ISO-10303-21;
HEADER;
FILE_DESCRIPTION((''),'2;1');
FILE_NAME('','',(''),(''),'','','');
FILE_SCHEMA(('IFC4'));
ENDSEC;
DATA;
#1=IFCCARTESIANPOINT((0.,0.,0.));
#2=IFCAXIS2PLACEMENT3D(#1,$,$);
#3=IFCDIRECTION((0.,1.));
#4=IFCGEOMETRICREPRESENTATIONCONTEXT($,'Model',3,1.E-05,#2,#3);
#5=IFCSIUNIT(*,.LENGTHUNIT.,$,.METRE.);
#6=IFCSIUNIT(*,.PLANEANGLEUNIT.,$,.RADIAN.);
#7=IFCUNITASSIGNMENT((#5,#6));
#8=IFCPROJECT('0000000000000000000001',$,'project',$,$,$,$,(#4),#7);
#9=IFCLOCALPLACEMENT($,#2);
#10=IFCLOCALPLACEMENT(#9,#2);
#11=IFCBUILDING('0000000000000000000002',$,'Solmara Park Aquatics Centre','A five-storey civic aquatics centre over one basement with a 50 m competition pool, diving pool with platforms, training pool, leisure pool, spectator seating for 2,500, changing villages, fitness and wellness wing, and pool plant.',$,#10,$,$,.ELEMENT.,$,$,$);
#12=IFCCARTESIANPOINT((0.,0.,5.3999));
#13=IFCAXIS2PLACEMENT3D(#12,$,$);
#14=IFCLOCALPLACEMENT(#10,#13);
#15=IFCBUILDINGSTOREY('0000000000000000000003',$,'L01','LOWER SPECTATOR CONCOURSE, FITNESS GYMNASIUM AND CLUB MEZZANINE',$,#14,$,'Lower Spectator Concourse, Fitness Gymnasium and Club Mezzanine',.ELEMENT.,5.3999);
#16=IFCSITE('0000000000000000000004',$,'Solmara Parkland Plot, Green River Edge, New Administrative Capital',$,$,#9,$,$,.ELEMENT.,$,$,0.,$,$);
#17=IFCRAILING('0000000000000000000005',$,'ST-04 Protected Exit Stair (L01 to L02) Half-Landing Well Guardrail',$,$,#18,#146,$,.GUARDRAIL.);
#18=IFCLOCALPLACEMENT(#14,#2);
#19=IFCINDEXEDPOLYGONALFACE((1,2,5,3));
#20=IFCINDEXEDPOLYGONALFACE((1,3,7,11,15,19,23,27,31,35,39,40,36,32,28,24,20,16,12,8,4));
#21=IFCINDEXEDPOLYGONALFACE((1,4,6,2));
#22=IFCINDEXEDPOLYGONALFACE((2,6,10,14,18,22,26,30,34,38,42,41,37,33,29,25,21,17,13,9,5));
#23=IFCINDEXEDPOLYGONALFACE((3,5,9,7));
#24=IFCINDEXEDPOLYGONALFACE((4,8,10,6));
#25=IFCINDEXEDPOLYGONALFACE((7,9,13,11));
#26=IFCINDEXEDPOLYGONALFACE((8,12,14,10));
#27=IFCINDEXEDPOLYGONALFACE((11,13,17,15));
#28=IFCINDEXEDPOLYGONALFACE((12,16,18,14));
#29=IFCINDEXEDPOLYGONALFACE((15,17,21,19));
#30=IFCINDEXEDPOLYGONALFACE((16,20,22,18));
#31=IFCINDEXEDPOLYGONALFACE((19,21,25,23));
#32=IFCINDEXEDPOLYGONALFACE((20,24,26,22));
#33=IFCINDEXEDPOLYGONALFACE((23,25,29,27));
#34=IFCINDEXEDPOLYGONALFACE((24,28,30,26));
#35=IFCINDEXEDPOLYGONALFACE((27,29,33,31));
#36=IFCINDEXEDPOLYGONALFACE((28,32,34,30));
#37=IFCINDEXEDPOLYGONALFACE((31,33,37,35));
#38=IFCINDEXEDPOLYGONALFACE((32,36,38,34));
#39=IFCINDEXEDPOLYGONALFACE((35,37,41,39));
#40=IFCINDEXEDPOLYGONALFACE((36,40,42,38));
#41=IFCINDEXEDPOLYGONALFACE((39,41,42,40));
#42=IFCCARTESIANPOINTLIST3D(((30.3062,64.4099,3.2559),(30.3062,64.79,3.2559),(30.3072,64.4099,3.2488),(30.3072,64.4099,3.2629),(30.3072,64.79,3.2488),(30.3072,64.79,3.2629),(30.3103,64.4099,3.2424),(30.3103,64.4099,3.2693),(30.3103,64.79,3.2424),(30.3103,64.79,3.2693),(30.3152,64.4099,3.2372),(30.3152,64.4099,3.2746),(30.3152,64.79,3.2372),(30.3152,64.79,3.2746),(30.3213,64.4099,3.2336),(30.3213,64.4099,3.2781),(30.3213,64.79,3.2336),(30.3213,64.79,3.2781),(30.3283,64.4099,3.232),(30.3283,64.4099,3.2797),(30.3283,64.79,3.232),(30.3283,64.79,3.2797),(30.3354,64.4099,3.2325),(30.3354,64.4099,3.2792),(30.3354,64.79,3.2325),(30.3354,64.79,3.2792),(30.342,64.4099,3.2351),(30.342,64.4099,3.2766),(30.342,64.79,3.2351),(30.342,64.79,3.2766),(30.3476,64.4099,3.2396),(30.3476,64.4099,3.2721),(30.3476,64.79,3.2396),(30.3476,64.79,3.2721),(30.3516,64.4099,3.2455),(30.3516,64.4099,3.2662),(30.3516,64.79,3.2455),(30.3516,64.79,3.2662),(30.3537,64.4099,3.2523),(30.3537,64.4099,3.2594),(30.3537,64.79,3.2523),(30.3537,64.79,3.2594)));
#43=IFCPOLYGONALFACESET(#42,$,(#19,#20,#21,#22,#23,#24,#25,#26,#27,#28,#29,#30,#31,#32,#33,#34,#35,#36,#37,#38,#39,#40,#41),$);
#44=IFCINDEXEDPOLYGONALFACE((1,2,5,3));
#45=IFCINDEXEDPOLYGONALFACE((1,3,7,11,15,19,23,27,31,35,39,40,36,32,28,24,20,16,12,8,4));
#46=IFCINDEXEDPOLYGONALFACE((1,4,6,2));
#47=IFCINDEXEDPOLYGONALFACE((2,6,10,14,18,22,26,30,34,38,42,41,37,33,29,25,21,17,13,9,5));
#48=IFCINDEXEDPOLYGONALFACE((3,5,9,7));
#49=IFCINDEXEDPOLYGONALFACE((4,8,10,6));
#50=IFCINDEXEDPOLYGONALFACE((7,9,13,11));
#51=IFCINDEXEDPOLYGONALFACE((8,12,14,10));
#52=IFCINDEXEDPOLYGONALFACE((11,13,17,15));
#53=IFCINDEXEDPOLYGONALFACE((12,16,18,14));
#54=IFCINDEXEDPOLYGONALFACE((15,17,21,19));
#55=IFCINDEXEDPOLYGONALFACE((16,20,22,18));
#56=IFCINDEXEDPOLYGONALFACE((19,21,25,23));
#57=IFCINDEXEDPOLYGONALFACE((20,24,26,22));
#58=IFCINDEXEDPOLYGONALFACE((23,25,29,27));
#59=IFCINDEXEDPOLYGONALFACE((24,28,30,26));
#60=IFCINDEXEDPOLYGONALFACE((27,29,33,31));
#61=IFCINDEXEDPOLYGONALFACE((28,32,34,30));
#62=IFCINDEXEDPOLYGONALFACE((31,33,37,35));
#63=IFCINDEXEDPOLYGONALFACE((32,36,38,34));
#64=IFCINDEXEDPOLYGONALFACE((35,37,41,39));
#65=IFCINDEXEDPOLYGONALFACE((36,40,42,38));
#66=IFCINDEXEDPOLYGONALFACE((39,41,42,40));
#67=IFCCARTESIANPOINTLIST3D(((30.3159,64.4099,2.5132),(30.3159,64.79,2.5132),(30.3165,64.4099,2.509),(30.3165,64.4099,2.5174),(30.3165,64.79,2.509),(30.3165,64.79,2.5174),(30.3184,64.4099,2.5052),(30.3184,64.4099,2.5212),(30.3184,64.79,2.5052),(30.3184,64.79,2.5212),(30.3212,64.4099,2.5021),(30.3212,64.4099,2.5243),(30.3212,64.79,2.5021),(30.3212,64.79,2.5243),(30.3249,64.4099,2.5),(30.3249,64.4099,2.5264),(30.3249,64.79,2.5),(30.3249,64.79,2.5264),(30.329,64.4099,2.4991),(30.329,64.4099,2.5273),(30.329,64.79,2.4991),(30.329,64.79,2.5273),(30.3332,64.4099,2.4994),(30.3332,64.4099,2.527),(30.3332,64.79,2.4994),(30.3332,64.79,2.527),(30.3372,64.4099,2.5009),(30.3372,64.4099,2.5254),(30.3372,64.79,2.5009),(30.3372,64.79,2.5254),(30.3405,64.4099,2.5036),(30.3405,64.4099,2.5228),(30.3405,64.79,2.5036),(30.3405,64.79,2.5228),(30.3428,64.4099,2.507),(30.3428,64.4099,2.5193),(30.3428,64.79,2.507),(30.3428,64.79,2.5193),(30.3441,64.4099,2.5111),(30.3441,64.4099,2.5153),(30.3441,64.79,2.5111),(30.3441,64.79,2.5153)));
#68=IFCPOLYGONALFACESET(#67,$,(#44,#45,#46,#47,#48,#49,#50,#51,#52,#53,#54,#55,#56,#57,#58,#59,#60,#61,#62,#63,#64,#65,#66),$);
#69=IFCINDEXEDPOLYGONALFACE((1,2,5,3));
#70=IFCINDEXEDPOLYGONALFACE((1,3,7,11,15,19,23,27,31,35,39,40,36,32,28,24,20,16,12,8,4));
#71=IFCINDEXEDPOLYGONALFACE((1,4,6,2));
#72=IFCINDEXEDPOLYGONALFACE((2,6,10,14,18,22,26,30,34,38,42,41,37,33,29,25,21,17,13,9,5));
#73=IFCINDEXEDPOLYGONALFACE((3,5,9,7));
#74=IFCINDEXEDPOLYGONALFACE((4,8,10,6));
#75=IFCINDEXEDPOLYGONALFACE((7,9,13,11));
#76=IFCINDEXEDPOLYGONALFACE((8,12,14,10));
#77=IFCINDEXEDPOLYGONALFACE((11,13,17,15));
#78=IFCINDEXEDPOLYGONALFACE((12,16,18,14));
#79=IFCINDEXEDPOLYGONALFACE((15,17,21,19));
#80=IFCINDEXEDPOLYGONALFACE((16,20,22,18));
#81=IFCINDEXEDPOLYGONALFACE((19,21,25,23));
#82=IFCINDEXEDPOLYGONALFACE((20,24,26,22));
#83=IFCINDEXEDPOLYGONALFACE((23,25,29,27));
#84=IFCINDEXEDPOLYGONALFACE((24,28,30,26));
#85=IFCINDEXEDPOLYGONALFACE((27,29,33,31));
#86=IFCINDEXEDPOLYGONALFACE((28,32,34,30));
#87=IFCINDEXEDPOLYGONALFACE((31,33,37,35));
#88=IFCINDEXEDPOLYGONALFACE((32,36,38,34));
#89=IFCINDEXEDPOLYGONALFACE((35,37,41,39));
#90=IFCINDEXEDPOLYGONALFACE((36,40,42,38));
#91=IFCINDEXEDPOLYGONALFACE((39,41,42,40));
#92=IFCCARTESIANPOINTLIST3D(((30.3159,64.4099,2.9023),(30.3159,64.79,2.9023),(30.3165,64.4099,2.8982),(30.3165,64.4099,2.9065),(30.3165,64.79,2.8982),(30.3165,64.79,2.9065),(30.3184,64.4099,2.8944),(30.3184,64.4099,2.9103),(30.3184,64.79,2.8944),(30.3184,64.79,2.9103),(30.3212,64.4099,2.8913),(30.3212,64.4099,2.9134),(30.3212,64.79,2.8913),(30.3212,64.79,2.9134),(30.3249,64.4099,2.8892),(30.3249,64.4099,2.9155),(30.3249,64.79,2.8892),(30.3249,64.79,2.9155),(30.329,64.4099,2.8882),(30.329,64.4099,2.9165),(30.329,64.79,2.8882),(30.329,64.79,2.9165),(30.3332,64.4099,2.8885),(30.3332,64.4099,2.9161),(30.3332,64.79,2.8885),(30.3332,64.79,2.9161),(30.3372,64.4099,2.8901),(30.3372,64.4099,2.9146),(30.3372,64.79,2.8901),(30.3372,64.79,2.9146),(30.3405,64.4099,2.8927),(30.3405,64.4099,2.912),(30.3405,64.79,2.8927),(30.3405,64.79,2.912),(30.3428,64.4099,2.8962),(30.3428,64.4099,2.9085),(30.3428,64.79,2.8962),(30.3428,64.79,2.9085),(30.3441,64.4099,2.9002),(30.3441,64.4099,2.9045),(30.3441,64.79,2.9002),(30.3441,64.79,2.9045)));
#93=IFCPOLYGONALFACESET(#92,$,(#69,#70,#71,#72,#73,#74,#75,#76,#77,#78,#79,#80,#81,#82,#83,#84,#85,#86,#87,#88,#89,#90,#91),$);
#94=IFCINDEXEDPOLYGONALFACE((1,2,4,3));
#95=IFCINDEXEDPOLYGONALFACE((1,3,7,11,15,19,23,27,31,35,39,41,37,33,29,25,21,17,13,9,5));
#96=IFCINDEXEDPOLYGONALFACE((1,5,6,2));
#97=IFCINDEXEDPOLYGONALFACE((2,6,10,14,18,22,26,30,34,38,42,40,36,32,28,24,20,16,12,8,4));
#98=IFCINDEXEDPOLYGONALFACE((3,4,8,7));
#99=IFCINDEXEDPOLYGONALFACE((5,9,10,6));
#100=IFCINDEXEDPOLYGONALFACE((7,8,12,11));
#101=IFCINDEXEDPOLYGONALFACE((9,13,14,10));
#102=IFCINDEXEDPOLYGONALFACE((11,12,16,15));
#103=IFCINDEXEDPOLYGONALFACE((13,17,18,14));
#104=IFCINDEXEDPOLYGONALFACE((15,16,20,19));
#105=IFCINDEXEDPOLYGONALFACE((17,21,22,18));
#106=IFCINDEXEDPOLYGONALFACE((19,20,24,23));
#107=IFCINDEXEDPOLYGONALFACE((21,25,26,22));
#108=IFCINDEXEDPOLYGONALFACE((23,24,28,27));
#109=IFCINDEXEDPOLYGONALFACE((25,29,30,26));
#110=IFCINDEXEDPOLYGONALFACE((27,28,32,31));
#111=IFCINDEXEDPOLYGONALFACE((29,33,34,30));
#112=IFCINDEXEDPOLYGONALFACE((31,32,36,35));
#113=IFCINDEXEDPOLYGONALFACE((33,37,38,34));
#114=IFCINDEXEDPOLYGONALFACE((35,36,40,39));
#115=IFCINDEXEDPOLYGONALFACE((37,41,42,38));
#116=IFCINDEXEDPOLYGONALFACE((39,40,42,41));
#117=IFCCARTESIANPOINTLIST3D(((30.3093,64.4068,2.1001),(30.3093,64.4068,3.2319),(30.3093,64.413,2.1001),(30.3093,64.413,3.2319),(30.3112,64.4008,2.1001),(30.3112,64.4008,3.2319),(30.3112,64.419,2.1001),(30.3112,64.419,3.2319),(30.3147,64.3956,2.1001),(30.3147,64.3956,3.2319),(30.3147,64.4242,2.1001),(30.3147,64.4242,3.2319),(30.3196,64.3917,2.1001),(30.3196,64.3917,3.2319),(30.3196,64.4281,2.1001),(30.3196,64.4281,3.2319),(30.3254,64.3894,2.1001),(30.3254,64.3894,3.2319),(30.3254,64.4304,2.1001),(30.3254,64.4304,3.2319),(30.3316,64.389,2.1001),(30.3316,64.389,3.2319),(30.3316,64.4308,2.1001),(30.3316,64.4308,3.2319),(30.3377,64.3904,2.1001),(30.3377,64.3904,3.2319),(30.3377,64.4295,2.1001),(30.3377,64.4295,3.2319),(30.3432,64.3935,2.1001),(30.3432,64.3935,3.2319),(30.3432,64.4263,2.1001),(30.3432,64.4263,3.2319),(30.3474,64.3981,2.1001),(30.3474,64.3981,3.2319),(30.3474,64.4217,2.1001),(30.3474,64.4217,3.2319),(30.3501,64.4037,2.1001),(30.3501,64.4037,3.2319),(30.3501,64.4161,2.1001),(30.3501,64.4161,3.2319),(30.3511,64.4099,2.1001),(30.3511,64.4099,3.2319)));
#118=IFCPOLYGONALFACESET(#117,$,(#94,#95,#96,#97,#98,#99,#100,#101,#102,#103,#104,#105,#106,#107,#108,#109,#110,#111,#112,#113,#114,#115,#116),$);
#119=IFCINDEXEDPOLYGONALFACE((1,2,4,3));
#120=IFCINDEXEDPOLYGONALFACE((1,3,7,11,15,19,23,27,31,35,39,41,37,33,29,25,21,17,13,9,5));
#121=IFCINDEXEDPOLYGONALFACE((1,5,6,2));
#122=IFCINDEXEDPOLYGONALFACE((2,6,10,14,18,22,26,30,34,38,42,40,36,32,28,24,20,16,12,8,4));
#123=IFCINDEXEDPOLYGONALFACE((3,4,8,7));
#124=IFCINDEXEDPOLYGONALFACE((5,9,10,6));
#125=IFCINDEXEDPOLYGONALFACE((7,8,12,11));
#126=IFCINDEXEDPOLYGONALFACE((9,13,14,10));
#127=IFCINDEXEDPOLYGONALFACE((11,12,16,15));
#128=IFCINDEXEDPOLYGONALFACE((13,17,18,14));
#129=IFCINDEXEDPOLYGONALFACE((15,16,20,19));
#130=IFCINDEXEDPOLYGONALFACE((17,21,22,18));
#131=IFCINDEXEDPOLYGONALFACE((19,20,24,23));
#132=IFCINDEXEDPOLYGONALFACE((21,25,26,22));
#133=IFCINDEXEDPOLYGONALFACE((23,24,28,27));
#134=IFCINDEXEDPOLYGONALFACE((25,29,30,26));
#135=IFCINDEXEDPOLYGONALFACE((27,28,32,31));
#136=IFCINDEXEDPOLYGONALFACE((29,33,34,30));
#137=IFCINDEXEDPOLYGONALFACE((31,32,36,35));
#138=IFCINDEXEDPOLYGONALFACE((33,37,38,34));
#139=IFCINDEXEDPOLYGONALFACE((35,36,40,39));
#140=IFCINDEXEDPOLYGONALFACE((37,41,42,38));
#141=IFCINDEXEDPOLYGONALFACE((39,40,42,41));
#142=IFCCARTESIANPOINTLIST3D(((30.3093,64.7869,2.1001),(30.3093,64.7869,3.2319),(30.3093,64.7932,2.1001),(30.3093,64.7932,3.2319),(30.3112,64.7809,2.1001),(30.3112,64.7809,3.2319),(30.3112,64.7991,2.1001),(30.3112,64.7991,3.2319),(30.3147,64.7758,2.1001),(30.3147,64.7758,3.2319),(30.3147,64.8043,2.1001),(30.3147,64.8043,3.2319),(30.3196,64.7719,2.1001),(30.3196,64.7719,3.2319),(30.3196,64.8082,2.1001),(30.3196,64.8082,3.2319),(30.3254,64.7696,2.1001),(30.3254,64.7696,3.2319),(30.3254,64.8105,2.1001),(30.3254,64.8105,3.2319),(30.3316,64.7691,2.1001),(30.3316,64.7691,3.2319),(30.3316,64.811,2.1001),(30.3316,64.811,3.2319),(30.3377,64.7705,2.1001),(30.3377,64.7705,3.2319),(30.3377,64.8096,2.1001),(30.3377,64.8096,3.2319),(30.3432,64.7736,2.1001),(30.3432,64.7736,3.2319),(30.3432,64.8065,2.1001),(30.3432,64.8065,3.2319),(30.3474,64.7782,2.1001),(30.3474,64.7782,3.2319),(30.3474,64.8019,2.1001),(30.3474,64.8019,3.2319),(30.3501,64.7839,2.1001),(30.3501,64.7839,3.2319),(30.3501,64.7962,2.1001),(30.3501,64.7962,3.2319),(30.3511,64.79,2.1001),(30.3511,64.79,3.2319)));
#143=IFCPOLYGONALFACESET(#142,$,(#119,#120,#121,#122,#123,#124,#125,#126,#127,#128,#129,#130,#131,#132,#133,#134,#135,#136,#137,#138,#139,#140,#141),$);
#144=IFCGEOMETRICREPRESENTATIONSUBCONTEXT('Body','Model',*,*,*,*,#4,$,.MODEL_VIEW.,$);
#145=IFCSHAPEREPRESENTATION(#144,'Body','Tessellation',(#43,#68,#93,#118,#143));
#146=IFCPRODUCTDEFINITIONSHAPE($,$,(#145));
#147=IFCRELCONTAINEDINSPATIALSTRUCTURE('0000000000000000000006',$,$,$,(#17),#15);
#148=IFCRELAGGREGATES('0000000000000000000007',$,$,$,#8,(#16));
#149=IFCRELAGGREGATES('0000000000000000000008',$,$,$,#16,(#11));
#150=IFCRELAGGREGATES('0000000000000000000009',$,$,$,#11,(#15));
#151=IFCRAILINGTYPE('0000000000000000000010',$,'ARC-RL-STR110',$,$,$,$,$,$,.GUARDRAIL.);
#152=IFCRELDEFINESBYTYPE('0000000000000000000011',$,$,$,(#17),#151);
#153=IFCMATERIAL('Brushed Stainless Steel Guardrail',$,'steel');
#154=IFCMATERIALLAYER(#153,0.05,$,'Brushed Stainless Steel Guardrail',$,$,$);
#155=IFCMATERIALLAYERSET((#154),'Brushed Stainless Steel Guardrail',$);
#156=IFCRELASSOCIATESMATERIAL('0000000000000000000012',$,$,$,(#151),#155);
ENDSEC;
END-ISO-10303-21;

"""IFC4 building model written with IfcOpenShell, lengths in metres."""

from ifc_helpers import new_model, si_unit, direction, frame, origin, origin_2d, place, context, subcontext, project, spatial, circle, extrude, material, layer, layer_set, type_object, element, save


model = new_model("IFC4")

# Units and contexts
model_context = context("Model", 3, precision=1e-05, world=origin(), true_north=direction((0.0, 1.0)))
body_context = subcontext(model_context, "Body", "Model", "MODEL_VIEW")
ifc_project = project(units=[si_unit("LENGTHUNIT", "METRE"), si_unit("PLANEANGLEUNIT", "RADIAN")], contexts=[model_context])

# Site, building, storey
site_placement = place(None, origin())
site = spatial("IfcSite", under=ifc_project, at=site_placement, Name="Solmara Parkland Plot, Green River Edge, New Administrative Capital", CompositionType="ELEMENT", RefElevation=0.0)
building_placement = place(site_placement, origin())
building = spatial("IfcBuilding", under=site, at=building_placement, Name="Solmara Park Aquatics Centre", Description="A five-storey civic aquatics centre over one basement with a 50 m competition pool, diving pool with platforms, training pool, leisure pool, spectator seating for 2,500, changing villages, fitness and wellness wing, and pool plant.", CompositionType="ELEMENT")
storey_placement = place(building_placement, frame((0.0, 0.0, 5.3999)))
storey = spatial("IfcBuildingStorey", under=building, at=storey_placement, Name="L01", Description="LOWER SPECTATOR CONCOURSE, FITNESS GYMNASIUM AND CLUB MEZZANINE", LongName="Lower Spectator Concourse, Fitness Gymnasium and Club Mezzanine", CompositionType="ELEMENT", Elevation=5.3999)

# Railing
ifc_material_1 = material(Name="Brushed Stainless Steel Guardrail", Category="steel")
ifc_layer_1 = layer(ifc_material_1, 0.05, Name="Brushed Stainless Steel Guardrail")
ifc_layer_set_1 = layer_set([ifc_layer_1], Name="Brushed Stainless Steel Guardrail")
railing_type_1 = type_object("IfcRailingType", Name="ARC-RL-STR110", PredefinedType="GUARDRAIL", material=ifc_layer_set_1)
railing_1_placement = place(storey_placement, frame((30.3301, 64.4099, 2.1001)))
element("IfcRailing", 1, at=railing_1_placement, inside=storey, type_object=railing_type_1, Name="ST-04 Protected Exit Stair (L01 to L02) Half-Landing Well Guardrail", PredefinedType="GUARDRAIL", context=body_context, shape_type="SweptSolid", body=[
    extrude(circle(Radius=0.0239, at=origin_2d()), frame((0.0, 0.0, 1.1558), z_axis=(0.0, 1.0, 0.0), x_axis=(-1.0, 0.0, 0.0)), (0.0, 0.0, 1.0), 0.3801),
    extrude(circle(Radius=0.0142, at=origin_2d()), frame((0.0, 0.0, 0.4131), z_axis=(0.0, 1.0, 0.0), x_axis=(-1.0, 0.0, 0.0)), (0.0, 0.0, 1.0), 0.3801),
    extrude(circle(Radius=0.0142, at=origin_2d()), frame((0.0, 0.0, 0.8022), z_axis=(0.0, 1.0, 0.0), x_axis=(-1.0, 0.0, 0.0)), (0.0, 0.0, 1.0), 0.3801),
    extrude(circle(Radius=0.021, at=origin_2d()), origin(), (0.0, 0.0, 1.0), 1.1318),
    extrude(circle(Radius=0.021, at=origin_2d()), frame((0.0, 0.3801, 0.0)), (0.0, 0.0, 1.0), 1.1318),
])

save(model, "model.ifc")
